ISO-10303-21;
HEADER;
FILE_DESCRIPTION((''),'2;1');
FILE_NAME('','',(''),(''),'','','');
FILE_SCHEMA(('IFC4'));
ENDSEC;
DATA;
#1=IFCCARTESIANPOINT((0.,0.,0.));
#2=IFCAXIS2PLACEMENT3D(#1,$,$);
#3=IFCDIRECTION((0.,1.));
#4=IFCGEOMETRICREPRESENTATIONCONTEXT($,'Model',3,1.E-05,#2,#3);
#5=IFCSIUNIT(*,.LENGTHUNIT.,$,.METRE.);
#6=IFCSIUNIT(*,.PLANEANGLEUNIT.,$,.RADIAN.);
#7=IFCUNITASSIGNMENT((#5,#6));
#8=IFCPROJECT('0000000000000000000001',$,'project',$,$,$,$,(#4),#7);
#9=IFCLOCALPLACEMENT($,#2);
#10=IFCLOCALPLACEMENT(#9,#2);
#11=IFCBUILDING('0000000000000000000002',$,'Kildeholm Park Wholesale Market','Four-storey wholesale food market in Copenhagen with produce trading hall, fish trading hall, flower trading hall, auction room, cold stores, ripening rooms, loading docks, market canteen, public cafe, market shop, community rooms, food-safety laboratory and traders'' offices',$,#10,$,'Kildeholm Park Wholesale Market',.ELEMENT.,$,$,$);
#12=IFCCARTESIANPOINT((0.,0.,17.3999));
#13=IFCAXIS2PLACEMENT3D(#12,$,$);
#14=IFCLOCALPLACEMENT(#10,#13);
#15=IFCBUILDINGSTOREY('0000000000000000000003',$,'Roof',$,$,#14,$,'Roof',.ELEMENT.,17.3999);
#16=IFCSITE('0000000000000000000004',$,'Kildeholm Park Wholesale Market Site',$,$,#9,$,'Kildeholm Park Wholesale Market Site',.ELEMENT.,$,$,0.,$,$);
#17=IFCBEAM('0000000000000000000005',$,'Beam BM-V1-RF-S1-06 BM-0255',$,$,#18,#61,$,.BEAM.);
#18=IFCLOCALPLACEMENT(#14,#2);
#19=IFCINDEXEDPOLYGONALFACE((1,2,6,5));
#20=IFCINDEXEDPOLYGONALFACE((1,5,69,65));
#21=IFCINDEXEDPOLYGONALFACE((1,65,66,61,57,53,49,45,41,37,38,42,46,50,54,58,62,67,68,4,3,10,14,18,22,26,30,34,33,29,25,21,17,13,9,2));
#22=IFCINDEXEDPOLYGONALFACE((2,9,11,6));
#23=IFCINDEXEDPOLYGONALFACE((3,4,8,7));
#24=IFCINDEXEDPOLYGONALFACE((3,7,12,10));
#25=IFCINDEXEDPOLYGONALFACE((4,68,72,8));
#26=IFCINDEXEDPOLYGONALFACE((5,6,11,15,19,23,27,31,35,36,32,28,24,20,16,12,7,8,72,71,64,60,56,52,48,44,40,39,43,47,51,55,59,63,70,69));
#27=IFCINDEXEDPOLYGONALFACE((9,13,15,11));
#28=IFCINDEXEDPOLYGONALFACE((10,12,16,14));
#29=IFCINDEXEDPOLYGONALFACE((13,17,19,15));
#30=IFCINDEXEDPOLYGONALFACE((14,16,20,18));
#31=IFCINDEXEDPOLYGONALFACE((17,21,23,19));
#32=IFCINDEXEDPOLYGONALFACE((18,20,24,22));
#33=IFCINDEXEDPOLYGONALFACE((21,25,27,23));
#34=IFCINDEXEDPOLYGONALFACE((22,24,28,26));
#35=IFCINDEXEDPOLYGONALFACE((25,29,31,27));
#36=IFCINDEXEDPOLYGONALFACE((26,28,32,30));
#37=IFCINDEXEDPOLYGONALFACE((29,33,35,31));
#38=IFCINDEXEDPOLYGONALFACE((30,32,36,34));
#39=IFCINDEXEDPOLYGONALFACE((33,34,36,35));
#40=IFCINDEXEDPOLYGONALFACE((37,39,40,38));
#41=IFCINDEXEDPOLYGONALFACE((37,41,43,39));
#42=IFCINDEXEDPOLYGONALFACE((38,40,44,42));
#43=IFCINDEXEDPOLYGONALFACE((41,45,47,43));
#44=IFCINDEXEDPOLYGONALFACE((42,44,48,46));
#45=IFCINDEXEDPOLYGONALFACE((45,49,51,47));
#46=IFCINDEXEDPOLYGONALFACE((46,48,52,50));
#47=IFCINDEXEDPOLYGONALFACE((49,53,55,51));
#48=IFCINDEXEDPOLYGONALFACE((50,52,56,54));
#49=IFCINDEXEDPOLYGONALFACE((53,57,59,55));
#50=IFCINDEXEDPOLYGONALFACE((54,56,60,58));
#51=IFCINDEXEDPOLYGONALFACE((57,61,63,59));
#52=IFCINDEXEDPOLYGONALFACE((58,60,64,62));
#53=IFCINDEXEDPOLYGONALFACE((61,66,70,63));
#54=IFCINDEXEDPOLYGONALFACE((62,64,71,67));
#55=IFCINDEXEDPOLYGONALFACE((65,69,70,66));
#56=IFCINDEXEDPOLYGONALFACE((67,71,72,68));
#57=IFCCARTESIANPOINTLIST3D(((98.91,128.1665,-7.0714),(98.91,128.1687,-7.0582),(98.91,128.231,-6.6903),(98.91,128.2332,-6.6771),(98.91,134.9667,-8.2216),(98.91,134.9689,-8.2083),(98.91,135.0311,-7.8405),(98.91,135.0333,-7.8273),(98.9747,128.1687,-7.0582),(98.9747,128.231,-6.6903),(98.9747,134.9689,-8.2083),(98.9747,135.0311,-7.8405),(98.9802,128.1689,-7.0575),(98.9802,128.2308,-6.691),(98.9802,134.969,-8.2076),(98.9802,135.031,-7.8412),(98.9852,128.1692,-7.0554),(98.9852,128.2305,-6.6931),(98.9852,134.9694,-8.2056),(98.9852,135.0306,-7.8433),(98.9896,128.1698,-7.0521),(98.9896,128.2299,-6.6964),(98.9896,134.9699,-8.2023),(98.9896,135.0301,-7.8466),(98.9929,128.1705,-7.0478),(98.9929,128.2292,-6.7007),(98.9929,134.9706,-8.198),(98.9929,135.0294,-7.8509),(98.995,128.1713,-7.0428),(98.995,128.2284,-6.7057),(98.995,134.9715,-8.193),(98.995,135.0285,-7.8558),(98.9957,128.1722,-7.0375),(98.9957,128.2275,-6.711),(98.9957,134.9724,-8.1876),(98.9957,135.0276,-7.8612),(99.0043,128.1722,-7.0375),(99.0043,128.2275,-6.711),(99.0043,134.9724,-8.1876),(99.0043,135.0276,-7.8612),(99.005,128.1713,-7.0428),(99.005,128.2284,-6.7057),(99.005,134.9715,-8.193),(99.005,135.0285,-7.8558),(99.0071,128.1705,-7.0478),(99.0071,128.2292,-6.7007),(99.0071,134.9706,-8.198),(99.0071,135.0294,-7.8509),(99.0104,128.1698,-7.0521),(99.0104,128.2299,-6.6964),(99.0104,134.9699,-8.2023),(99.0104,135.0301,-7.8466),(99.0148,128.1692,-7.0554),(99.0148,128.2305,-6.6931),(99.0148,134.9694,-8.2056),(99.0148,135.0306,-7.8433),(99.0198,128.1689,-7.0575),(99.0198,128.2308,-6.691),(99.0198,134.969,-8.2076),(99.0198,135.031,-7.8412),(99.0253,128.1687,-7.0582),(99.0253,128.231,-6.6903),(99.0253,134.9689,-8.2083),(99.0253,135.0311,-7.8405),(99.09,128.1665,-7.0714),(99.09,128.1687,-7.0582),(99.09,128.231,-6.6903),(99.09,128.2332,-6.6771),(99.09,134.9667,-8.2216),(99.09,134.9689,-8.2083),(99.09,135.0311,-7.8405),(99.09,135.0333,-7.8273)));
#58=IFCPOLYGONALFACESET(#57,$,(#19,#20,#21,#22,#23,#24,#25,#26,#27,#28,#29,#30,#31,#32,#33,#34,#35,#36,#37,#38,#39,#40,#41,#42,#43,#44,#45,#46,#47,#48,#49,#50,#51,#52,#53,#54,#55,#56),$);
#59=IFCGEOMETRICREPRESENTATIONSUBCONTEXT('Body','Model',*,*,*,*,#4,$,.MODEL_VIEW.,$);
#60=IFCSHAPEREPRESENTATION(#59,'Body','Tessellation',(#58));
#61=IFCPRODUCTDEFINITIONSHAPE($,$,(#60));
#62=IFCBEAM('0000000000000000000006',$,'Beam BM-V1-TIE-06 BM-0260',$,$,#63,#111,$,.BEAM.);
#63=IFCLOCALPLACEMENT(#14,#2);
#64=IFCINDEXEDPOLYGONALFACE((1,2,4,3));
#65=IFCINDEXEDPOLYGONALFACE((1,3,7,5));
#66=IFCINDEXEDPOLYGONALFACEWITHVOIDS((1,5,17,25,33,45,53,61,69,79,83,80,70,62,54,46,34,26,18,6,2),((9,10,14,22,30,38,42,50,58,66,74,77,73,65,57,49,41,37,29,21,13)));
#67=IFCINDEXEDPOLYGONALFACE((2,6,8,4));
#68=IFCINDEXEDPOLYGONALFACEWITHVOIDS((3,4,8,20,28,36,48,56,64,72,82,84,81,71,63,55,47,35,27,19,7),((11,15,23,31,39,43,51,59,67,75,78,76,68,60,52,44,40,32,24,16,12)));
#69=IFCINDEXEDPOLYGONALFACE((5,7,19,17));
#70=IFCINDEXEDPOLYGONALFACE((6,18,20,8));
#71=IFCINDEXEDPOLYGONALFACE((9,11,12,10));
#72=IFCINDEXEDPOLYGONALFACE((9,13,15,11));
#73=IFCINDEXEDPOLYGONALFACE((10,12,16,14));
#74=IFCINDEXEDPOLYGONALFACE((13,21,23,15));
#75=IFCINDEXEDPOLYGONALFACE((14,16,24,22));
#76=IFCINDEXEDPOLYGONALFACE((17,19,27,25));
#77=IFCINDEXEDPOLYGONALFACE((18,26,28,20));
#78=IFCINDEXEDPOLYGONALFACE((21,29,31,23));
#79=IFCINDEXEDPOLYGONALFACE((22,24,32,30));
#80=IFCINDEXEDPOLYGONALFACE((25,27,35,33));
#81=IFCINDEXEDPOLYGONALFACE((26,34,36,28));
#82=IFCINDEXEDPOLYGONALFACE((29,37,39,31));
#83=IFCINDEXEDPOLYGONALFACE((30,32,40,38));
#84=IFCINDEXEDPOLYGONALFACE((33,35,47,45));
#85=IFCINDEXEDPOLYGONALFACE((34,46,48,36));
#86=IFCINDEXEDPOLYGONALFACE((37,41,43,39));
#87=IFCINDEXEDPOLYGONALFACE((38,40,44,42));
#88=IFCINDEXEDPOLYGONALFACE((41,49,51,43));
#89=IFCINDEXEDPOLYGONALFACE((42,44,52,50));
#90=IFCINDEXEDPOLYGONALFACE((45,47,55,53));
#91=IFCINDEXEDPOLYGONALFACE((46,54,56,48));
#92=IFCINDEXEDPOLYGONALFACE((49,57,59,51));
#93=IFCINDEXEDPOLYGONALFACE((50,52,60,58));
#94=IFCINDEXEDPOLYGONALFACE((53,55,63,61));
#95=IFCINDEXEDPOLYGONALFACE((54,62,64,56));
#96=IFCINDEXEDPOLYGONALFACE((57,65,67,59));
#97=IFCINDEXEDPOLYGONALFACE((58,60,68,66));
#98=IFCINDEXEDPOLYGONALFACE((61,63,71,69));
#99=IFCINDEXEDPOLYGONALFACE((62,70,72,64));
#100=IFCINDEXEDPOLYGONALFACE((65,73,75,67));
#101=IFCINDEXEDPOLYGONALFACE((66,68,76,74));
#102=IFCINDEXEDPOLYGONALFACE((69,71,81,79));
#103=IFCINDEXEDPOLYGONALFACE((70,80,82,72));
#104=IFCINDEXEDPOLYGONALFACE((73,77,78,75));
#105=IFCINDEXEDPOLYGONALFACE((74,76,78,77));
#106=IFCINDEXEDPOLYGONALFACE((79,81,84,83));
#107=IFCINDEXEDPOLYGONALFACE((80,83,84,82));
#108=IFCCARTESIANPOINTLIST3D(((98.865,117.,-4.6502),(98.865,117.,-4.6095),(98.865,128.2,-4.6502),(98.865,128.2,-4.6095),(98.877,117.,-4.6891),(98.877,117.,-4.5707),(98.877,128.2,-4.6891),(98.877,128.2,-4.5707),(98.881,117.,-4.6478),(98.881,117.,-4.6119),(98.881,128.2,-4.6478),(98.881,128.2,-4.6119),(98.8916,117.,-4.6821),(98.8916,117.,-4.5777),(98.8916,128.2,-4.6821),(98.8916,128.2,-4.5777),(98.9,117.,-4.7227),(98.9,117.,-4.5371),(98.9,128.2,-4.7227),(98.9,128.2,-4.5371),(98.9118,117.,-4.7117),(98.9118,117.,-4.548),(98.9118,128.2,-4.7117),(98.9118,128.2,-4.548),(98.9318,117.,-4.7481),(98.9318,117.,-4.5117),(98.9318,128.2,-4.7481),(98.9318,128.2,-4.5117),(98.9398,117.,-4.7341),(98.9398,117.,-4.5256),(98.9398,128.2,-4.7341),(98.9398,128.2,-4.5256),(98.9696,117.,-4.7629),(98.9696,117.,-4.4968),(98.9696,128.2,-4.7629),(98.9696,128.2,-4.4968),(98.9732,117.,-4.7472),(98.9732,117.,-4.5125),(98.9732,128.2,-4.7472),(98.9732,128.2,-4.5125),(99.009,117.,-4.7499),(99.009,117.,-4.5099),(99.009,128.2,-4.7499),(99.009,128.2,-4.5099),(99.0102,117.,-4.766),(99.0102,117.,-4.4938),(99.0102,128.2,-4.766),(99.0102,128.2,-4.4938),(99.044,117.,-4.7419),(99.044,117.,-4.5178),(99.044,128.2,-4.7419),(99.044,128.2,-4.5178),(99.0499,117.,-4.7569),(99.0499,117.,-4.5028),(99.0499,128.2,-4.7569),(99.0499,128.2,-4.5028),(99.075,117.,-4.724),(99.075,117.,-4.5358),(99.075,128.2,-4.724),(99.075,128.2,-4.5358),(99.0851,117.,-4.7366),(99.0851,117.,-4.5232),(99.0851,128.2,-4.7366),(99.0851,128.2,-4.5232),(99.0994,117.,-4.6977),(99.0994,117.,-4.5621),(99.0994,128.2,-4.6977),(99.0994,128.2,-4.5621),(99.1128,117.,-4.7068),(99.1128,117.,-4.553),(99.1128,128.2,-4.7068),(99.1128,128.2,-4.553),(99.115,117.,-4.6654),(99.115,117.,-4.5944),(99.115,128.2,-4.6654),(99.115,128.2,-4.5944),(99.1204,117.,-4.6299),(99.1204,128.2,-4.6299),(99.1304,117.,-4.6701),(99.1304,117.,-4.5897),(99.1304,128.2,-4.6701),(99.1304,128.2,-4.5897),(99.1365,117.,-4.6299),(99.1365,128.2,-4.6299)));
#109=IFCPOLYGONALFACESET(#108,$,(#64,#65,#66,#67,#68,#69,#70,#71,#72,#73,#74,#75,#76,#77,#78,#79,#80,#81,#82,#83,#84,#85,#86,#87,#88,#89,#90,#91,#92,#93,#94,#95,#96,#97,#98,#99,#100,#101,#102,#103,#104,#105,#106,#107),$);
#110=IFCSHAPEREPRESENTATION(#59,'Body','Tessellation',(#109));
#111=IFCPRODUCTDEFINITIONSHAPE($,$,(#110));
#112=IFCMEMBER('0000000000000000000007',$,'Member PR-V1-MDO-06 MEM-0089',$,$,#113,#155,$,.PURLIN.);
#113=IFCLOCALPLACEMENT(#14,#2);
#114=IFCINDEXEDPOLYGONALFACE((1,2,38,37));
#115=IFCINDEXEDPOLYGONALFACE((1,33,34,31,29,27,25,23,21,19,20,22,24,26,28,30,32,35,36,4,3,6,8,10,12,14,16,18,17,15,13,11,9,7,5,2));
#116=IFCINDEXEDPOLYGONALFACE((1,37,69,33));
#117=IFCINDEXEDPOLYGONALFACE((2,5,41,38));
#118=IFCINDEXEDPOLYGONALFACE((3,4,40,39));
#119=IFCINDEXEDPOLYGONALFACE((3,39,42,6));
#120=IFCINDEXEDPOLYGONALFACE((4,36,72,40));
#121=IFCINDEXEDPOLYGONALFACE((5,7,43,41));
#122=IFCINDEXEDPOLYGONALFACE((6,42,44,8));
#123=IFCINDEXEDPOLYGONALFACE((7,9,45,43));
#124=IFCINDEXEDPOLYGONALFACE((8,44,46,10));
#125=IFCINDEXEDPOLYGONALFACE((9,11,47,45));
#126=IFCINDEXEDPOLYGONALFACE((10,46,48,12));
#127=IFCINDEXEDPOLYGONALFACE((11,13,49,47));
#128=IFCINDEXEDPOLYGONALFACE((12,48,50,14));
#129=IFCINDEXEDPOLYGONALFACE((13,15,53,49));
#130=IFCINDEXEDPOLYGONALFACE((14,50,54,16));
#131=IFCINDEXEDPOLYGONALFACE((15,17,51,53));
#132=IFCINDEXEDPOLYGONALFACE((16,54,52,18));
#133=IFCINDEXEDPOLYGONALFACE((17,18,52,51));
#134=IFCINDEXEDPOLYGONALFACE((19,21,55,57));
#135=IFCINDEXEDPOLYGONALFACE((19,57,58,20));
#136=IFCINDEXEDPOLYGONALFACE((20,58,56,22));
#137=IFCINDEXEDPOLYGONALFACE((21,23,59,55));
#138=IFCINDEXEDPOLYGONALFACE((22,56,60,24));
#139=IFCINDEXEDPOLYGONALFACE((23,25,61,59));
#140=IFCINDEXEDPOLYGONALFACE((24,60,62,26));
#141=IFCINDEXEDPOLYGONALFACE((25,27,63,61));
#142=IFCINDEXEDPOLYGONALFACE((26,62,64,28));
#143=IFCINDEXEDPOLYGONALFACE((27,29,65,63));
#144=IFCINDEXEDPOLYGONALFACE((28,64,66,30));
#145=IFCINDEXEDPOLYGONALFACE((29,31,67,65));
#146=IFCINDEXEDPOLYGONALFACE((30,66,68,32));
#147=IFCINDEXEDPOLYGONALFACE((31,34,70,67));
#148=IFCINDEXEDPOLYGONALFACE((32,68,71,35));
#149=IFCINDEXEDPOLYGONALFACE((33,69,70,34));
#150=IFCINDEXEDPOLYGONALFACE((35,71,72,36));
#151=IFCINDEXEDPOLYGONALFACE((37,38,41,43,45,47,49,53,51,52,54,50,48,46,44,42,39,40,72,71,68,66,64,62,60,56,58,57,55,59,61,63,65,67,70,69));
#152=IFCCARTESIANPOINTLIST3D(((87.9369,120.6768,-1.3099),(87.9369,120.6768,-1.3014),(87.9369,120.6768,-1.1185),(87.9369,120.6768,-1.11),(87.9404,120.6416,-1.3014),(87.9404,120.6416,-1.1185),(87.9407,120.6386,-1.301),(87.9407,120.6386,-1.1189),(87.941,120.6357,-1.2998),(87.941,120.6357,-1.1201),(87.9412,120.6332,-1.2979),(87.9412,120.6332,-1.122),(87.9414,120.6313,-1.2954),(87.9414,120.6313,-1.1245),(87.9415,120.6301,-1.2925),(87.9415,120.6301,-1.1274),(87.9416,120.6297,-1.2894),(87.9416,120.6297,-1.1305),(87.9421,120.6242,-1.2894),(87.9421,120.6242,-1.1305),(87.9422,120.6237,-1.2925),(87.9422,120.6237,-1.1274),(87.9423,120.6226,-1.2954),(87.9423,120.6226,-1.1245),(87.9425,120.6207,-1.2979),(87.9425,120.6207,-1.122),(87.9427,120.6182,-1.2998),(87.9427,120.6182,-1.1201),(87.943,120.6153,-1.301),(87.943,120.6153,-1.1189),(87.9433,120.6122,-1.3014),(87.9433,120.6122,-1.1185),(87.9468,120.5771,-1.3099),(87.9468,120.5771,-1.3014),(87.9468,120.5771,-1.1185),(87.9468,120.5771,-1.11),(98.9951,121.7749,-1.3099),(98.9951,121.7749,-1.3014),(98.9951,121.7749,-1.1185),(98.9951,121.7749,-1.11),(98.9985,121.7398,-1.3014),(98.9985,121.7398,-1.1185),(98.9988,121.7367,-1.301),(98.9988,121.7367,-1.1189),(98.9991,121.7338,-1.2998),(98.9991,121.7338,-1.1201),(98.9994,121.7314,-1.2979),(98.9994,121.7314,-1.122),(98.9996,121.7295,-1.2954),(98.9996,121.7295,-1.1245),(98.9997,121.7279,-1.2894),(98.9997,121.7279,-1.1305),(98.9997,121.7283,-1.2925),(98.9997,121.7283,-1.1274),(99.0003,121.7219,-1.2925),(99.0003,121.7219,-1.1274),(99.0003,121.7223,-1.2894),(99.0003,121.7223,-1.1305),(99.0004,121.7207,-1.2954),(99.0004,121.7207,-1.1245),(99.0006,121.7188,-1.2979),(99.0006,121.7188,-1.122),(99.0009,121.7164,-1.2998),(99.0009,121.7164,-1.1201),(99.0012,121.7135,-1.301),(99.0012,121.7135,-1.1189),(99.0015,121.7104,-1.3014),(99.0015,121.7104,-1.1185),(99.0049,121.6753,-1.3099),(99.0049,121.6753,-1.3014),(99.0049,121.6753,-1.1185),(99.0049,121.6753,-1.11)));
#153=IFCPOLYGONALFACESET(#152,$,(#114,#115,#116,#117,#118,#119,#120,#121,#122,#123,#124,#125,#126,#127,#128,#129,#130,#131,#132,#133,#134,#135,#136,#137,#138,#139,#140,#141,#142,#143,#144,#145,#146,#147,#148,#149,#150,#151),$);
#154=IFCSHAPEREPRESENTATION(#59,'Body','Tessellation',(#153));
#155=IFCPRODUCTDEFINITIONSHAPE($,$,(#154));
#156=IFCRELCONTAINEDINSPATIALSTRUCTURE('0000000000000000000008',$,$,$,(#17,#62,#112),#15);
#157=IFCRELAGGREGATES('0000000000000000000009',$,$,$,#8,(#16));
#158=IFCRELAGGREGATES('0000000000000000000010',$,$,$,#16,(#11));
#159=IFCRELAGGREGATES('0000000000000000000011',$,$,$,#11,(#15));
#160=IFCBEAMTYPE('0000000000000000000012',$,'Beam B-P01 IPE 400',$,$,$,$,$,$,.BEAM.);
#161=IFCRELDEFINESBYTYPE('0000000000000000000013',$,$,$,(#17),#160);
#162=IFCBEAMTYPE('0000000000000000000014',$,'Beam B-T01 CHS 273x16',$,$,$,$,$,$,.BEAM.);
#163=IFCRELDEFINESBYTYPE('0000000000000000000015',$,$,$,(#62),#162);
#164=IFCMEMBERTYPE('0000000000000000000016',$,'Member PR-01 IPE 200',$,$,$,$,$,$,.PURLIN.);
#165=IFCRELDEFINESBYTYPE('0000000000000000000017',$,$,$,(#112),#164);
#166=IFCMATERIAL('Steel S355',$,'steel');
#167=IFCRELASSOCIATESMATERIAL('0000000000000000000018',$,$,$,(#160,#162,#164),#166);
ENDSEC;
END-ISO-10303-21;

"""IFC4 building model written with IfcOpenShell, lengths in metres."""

from ifc_helpers import new_model, si_unit, direction, frame, origin, origin_2d, place, context, subcontext, project, spatial, hollow_circle, i_section, extrude, material, material_profile, profile_set, type_object, element, save


model = new_model("IFC4")

# Units and contexts
model_context = context("Model", 3, precision=1e-05, world=origin(), true_north=direction((0.0, 1.0)))
body_context = subcontext(model_context, "Body", "Model", "MODEL_VIEW")
ifc_project = project(units=[si_unit("LENGTHUNIT", "METRE"), si_unit("PLANEANGLEUNIT", "RADIAN")], contexts=[model_context])

# Site, building, storey
site_placement = place(None, origin())
site = spatial("IfcSite", under=ifc_project, at=site_placement, Name="Kildeholm Park Wholesale Market Site", LongName="Kildeholm Park Wholesale Market Site", CompositionType="ELEMENT", RefElevation=0.0)
building_placement = place(site_placement, origin())
building = spatial("IfcBuilding", under=site, at=building_placement, Name="Kildeholm Park Wholesale Market", Description="Four-storey wholesale food market in Copenhagen with produce trading hall, fish trading hall, flower trading hall, auction room, cold stores, ripening rooms, loading docks, market canteen, public cafe, market shop, community rooms, food-safety laboratory and traders' offices", LongName="Kildeholm Park Wholesale Market", CompositionType="ELEMENT")
storey_placement = place(building_placement, frame((0.0, 0.0, 17.3999)))
storey = spatial("IfcBuildingStorey", under=building, at=storey_placement, Name="Roof", LongName="Roof", CompositionType="ELEMENT", Elevation=17.3999)

# Beams
ifc_material_1 = material(Name="Steel S355", Category="steel")
ifc_material_profile_1 = material_profile(ifc_material_1, i_section(OverallWidth=0.1799, OverallDepth=0.3999, WebThickness=0.0085, FlangeThickness=0.0134, FilletRadius=0.021, at=origin_2d()), Name="IPE 400")
ifc_profile_set_1 = profile_set([ifc_material_profile_1], Name="Steel S355")
beam_type_1 = type_object("IfcBeamType", Name="Beam B-P01 IPE 400", PredefinedType="BEAM", material=ifc_profile_set_1)
beam_1_placement = place(storey_placement, frame((99.0, 135.0, -8.0244), z_axis=(0.0, -0.985996, 0.166769), x_axis=(1.0, 0.0, 0.0)))
element("IfcBeam", 1, at=beam_1_placement, inside=storey, type_object=beam_type_1, Name="Beam BM-V1-RF-S1-06 BM-0255", PredefinedType="BEAM", context=body_context, shape_type="SweptSolid", body=[
    extrude(i_section(OverallWidth=0.1799, OverallDepth=0.3999, WebThickness=0.0085, FlangeThickness=0.0134, FilletRadius=0.021, at=origin_2d()), origin(), (0.0, 0.0, 1.0), 6.8967),
])
ifc_material_profile_2 = material_profile(ifc_material_1, hollow_circle(Radius=0.1365, WallThickness=0.0161, at=origin_2d()), Name="CHS 273x16")
ifc_profile_set_2 = profile_set([ifc_material_profile_2], Name="Steel S355")
beam_type_2 = type_object("IfcBeamType", Name="Beam B-T01 CHS 273x16", PredefinedType="BEAM", material=ifc_profile_set_2)
beam_2_placement = place(storey_placement, frame((99.0, 128.2, -4.6299), z_axis=(0.0, -1.0, 0.0), x_axis=(1.0, 0.0, 0.0)))
element("IfcBeam", 2, at=beam_2_placement, inside=storey, type_object=beam_type_2, Name="Beam BM-V1-TIE-06 BM-0260", PredefinedType="BEAM", context=body_context, shape_type="SweptSolid", body=[
    extrude(hollow_circle(Radius=0.1365, WallThickness=0.0161, at=origin_2d()), origin(), (0.0, 0.0, 1.0), 11.2),
])

# Member
ifc_material_profile_3 = material_profile(ifc_material_1, i_section(OverallWidth=0.1001, OverallDepth=0.2, WebThickness=0.0056, FlangeThickness=0.0085, FilletRadius=0.012, at=origin_2d()), Name="IPE 200")
ifc_profile_set_3 = profile_set([ifc_material_profile_3], Name="Steel S355")
member_type_1 = type_object("IfcMemberType", Name="Member PR-01 IPE 200", PredefinedType="PURLIN", material=ifc_profile_set_3)
member_1_placement = place(storey_placement, frame((99.0, 121.7251, -1.21), z_axis=(-0.995105, -0.098821, 0.0), x_axis=(0.098821, -0.995105, 0.0)))
element("IfcMember", 3, at=member_1_placement, inside=storey, type_object=member_type_1, Name="Member PR-V1-MDO-06 MEM-0089", PredefinedType="PURLIN", context=body_context, shape_type="SweptSolid", body=[
    extrude(i_section(OverallWidth=0.1001, OverallDepth=0.2, WebThickness=0.0056, FlangeThickness=0.0085, FilletRadius=0.012, at=origin_2d()), origin(), (0.0, 0.0, 1.0), 11.1125),
])

save(model, "model.ifc")
